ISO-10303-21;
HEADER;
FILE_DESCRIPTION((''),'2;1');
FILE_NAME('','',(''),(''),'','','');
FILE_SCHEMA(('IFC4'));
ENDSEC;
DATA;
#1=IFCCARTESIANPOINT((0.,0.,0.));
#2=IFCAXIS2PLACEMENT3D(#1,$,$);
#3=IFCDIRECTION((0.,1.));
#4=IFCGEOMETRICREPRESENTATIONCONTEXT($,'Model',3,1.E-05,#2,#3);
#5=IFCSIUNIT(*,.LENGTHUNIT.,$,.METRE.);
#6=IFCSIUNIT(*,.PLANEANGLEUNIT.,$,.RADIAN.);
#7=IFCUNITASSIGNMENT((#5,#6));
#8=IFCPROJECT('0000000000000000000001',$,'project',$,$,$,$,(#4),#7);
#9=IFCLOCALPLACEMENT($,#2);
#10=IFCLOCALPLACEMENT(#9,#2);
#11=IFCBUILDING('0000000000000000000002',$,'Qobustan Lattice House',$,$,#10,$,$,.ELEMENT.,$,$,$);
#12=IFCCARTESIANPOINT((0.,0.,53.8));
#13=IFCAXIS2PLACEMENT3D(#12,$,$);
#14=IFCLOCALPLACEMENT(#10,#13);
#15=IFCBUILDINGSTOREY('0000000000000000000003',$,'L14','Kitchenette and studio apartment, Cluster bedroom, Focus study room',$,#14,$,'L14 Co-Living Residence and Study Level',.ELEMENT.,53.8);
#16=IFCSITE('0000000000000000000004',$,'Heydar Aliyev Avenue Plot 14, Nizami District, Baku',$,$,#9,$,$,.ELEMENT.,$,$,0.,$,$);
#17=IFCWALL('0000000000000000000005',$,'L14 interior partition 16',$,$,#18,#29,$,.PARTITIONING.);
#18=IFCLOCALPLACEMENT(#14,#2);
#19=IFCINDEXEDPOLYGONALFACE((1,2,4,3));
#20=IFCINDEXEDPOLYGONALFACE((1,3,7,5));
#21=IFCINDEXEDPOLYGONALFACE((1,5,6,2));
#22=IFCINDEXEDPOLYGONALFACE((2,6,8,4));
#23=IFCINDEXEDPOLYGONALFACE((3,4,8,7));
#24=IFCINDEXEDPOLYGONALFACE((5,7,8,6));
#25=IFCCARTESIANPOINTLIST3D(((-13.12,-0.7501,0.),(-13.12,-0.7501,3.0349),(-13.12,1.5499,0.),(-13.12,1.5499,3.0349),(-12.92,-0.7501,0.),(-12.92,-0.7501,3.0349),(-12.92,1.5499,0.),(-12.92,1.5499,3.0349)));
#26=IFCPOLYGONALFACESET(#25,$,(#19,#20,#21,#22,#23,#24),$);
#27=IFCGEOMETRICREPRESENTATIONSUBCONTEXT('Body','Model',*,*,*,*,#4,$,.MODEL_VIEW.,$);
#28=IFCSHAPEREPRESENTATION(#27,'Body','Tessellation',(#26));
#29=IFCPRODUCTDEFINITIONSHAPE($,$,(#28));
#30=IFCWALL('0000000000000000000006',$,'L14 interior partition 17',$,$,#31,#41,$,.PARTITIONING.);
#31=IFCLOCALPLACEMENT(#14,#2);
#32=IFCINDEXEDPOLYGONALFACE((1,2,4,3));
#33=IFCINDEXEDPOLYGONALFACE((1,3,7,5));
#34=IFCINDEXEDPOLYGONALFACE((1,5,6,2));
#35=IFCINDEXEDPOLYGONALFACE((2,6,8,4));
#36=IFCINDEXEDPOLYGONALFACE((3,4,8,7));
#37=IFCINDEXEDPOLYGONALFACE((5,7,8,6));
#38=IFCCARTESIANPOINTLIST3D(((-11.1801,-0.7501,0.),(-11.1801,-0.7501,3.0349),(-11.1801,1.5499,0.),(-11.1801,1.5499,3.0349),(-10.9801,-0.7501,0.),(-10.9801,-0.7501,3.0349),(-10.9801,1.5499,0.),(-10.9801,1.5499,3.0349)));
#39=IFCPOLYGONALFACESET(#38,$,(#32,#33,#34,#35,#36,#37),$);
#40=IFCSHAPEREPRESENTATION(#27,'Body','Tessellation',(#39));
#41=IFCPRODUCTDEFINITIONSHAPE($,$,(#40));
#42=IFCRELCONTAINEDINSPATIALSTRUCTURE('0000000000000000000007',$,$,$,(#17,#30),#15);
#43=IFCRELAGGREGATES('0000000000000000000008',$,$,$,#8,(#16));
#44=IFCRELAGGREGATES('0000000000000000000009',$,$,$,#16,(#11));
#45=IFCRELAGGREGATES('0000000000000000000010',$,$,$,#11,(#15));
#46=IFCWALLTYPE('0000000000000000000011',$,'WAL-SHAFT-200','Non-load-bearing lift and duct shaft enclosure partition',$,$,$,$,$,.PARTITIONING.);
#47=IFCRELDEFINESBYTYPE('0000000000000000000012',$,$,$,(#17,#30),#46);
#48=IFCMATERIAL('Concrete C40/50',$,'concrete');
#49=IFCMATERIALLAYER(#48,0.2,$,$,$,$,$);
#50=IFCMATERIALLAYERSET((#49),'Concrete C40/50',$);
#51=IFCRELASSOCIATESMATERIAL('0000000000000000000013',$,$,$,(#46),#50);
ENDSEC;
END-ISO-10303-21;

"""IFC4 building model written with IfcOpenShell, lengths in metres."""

from ifc_helpers import new_model, si_unit, direction, frame, frame_2d, origin, place, context, subcontext, project, spatial, rectangle, extrude, material, layer, layer_set, type_object, element, save


model = new_model("IFC4")

# Units and contexts
model_context = context("Model", 3, precision=1e-05, world=origin(), true_north=direction((0.0, 1.0)))
body_context = subcontext(model_context, "Body", "Model", "MODEL_VIEW")
ifc_project = project(units=[si_unit("LENGTHUNIT", "METRE"), si_unit("PLANEANGLEUNIT", "RADIAN")], contexts=[model_context])

# Site, building, storey
site_placement = place(None, origin())
site = spatial("IfcSite", under=ifc_project, at=site_placement, Name="Heydar Aliyev Avenue Plot 14, Nizami District, Baku", CompositionType="ELEMENT", RefElevation=0.0)
building_placement = place(site_placement, origin())
building = spatial("IfcBuilding", under=site, at=building_placement, Name="Qobustan Lattice House", CompositionType="ELEMENT")
storey_placement = place(building_placement, frame((0.0, 0.0, 53.8)))
storey = spatial("IfcBuildingStorey", under=building, at=storey_placement, Name="L14", Description="Kitchenette and studio apartment, Cluster bedroom, Focus study room", LongName="L14 Co-Living Residence and Study Level", CompositionType="ELEMENT", Elevation=53.8)

# Shared definitions
ifc_material_1 = material(Name="Concrete C40/50", Category="concrete")
ifc_layer_1 = layer(ifc_material_1, 0.2)
ifc_layer_set_1 = layer_set([ifc_layer_1], Name="Concrete C40/50")
wall_type_1 = type_object("IfcWallType", Name="WAL-SHAFT-200", Description="Non-load-bearing lift and duct shaft enclosure partition", PredefinedType="PARTITIONING", material=ifc_layer_set_1)

# Walls
for number, where, z_axis, x_axis, name in (
    (1, (-13.02, -0.75, 0.0), (0.0, 0.0, 1.0), (0.0, 1.0, 0.0), "L14 interior partition 16"),
    (2, (-11.0801, -0.75, 0.0), (0.0, 0.0, 1.0), (0.0, 1.0, 0.0), "L14 interior partition 17"),
):
    element("IfcWall", number, at=place(storey_placement, frame(where, z_axis=z_axis, x_axis=x_axis)), inside=storey, type_object=wall_type_1, Name=name, PredefinedType="PARTITIONING", context=body_context, shape_type="SweptSolid", body=[
        extrude(rectangle(XDim=2.3, YDim=0.2, at=frame_2d((1.1499, 0.0))), origin(), (0.0, 0.0, 1.0), 3.0349),
    ])

save(model, "model.ifc")
